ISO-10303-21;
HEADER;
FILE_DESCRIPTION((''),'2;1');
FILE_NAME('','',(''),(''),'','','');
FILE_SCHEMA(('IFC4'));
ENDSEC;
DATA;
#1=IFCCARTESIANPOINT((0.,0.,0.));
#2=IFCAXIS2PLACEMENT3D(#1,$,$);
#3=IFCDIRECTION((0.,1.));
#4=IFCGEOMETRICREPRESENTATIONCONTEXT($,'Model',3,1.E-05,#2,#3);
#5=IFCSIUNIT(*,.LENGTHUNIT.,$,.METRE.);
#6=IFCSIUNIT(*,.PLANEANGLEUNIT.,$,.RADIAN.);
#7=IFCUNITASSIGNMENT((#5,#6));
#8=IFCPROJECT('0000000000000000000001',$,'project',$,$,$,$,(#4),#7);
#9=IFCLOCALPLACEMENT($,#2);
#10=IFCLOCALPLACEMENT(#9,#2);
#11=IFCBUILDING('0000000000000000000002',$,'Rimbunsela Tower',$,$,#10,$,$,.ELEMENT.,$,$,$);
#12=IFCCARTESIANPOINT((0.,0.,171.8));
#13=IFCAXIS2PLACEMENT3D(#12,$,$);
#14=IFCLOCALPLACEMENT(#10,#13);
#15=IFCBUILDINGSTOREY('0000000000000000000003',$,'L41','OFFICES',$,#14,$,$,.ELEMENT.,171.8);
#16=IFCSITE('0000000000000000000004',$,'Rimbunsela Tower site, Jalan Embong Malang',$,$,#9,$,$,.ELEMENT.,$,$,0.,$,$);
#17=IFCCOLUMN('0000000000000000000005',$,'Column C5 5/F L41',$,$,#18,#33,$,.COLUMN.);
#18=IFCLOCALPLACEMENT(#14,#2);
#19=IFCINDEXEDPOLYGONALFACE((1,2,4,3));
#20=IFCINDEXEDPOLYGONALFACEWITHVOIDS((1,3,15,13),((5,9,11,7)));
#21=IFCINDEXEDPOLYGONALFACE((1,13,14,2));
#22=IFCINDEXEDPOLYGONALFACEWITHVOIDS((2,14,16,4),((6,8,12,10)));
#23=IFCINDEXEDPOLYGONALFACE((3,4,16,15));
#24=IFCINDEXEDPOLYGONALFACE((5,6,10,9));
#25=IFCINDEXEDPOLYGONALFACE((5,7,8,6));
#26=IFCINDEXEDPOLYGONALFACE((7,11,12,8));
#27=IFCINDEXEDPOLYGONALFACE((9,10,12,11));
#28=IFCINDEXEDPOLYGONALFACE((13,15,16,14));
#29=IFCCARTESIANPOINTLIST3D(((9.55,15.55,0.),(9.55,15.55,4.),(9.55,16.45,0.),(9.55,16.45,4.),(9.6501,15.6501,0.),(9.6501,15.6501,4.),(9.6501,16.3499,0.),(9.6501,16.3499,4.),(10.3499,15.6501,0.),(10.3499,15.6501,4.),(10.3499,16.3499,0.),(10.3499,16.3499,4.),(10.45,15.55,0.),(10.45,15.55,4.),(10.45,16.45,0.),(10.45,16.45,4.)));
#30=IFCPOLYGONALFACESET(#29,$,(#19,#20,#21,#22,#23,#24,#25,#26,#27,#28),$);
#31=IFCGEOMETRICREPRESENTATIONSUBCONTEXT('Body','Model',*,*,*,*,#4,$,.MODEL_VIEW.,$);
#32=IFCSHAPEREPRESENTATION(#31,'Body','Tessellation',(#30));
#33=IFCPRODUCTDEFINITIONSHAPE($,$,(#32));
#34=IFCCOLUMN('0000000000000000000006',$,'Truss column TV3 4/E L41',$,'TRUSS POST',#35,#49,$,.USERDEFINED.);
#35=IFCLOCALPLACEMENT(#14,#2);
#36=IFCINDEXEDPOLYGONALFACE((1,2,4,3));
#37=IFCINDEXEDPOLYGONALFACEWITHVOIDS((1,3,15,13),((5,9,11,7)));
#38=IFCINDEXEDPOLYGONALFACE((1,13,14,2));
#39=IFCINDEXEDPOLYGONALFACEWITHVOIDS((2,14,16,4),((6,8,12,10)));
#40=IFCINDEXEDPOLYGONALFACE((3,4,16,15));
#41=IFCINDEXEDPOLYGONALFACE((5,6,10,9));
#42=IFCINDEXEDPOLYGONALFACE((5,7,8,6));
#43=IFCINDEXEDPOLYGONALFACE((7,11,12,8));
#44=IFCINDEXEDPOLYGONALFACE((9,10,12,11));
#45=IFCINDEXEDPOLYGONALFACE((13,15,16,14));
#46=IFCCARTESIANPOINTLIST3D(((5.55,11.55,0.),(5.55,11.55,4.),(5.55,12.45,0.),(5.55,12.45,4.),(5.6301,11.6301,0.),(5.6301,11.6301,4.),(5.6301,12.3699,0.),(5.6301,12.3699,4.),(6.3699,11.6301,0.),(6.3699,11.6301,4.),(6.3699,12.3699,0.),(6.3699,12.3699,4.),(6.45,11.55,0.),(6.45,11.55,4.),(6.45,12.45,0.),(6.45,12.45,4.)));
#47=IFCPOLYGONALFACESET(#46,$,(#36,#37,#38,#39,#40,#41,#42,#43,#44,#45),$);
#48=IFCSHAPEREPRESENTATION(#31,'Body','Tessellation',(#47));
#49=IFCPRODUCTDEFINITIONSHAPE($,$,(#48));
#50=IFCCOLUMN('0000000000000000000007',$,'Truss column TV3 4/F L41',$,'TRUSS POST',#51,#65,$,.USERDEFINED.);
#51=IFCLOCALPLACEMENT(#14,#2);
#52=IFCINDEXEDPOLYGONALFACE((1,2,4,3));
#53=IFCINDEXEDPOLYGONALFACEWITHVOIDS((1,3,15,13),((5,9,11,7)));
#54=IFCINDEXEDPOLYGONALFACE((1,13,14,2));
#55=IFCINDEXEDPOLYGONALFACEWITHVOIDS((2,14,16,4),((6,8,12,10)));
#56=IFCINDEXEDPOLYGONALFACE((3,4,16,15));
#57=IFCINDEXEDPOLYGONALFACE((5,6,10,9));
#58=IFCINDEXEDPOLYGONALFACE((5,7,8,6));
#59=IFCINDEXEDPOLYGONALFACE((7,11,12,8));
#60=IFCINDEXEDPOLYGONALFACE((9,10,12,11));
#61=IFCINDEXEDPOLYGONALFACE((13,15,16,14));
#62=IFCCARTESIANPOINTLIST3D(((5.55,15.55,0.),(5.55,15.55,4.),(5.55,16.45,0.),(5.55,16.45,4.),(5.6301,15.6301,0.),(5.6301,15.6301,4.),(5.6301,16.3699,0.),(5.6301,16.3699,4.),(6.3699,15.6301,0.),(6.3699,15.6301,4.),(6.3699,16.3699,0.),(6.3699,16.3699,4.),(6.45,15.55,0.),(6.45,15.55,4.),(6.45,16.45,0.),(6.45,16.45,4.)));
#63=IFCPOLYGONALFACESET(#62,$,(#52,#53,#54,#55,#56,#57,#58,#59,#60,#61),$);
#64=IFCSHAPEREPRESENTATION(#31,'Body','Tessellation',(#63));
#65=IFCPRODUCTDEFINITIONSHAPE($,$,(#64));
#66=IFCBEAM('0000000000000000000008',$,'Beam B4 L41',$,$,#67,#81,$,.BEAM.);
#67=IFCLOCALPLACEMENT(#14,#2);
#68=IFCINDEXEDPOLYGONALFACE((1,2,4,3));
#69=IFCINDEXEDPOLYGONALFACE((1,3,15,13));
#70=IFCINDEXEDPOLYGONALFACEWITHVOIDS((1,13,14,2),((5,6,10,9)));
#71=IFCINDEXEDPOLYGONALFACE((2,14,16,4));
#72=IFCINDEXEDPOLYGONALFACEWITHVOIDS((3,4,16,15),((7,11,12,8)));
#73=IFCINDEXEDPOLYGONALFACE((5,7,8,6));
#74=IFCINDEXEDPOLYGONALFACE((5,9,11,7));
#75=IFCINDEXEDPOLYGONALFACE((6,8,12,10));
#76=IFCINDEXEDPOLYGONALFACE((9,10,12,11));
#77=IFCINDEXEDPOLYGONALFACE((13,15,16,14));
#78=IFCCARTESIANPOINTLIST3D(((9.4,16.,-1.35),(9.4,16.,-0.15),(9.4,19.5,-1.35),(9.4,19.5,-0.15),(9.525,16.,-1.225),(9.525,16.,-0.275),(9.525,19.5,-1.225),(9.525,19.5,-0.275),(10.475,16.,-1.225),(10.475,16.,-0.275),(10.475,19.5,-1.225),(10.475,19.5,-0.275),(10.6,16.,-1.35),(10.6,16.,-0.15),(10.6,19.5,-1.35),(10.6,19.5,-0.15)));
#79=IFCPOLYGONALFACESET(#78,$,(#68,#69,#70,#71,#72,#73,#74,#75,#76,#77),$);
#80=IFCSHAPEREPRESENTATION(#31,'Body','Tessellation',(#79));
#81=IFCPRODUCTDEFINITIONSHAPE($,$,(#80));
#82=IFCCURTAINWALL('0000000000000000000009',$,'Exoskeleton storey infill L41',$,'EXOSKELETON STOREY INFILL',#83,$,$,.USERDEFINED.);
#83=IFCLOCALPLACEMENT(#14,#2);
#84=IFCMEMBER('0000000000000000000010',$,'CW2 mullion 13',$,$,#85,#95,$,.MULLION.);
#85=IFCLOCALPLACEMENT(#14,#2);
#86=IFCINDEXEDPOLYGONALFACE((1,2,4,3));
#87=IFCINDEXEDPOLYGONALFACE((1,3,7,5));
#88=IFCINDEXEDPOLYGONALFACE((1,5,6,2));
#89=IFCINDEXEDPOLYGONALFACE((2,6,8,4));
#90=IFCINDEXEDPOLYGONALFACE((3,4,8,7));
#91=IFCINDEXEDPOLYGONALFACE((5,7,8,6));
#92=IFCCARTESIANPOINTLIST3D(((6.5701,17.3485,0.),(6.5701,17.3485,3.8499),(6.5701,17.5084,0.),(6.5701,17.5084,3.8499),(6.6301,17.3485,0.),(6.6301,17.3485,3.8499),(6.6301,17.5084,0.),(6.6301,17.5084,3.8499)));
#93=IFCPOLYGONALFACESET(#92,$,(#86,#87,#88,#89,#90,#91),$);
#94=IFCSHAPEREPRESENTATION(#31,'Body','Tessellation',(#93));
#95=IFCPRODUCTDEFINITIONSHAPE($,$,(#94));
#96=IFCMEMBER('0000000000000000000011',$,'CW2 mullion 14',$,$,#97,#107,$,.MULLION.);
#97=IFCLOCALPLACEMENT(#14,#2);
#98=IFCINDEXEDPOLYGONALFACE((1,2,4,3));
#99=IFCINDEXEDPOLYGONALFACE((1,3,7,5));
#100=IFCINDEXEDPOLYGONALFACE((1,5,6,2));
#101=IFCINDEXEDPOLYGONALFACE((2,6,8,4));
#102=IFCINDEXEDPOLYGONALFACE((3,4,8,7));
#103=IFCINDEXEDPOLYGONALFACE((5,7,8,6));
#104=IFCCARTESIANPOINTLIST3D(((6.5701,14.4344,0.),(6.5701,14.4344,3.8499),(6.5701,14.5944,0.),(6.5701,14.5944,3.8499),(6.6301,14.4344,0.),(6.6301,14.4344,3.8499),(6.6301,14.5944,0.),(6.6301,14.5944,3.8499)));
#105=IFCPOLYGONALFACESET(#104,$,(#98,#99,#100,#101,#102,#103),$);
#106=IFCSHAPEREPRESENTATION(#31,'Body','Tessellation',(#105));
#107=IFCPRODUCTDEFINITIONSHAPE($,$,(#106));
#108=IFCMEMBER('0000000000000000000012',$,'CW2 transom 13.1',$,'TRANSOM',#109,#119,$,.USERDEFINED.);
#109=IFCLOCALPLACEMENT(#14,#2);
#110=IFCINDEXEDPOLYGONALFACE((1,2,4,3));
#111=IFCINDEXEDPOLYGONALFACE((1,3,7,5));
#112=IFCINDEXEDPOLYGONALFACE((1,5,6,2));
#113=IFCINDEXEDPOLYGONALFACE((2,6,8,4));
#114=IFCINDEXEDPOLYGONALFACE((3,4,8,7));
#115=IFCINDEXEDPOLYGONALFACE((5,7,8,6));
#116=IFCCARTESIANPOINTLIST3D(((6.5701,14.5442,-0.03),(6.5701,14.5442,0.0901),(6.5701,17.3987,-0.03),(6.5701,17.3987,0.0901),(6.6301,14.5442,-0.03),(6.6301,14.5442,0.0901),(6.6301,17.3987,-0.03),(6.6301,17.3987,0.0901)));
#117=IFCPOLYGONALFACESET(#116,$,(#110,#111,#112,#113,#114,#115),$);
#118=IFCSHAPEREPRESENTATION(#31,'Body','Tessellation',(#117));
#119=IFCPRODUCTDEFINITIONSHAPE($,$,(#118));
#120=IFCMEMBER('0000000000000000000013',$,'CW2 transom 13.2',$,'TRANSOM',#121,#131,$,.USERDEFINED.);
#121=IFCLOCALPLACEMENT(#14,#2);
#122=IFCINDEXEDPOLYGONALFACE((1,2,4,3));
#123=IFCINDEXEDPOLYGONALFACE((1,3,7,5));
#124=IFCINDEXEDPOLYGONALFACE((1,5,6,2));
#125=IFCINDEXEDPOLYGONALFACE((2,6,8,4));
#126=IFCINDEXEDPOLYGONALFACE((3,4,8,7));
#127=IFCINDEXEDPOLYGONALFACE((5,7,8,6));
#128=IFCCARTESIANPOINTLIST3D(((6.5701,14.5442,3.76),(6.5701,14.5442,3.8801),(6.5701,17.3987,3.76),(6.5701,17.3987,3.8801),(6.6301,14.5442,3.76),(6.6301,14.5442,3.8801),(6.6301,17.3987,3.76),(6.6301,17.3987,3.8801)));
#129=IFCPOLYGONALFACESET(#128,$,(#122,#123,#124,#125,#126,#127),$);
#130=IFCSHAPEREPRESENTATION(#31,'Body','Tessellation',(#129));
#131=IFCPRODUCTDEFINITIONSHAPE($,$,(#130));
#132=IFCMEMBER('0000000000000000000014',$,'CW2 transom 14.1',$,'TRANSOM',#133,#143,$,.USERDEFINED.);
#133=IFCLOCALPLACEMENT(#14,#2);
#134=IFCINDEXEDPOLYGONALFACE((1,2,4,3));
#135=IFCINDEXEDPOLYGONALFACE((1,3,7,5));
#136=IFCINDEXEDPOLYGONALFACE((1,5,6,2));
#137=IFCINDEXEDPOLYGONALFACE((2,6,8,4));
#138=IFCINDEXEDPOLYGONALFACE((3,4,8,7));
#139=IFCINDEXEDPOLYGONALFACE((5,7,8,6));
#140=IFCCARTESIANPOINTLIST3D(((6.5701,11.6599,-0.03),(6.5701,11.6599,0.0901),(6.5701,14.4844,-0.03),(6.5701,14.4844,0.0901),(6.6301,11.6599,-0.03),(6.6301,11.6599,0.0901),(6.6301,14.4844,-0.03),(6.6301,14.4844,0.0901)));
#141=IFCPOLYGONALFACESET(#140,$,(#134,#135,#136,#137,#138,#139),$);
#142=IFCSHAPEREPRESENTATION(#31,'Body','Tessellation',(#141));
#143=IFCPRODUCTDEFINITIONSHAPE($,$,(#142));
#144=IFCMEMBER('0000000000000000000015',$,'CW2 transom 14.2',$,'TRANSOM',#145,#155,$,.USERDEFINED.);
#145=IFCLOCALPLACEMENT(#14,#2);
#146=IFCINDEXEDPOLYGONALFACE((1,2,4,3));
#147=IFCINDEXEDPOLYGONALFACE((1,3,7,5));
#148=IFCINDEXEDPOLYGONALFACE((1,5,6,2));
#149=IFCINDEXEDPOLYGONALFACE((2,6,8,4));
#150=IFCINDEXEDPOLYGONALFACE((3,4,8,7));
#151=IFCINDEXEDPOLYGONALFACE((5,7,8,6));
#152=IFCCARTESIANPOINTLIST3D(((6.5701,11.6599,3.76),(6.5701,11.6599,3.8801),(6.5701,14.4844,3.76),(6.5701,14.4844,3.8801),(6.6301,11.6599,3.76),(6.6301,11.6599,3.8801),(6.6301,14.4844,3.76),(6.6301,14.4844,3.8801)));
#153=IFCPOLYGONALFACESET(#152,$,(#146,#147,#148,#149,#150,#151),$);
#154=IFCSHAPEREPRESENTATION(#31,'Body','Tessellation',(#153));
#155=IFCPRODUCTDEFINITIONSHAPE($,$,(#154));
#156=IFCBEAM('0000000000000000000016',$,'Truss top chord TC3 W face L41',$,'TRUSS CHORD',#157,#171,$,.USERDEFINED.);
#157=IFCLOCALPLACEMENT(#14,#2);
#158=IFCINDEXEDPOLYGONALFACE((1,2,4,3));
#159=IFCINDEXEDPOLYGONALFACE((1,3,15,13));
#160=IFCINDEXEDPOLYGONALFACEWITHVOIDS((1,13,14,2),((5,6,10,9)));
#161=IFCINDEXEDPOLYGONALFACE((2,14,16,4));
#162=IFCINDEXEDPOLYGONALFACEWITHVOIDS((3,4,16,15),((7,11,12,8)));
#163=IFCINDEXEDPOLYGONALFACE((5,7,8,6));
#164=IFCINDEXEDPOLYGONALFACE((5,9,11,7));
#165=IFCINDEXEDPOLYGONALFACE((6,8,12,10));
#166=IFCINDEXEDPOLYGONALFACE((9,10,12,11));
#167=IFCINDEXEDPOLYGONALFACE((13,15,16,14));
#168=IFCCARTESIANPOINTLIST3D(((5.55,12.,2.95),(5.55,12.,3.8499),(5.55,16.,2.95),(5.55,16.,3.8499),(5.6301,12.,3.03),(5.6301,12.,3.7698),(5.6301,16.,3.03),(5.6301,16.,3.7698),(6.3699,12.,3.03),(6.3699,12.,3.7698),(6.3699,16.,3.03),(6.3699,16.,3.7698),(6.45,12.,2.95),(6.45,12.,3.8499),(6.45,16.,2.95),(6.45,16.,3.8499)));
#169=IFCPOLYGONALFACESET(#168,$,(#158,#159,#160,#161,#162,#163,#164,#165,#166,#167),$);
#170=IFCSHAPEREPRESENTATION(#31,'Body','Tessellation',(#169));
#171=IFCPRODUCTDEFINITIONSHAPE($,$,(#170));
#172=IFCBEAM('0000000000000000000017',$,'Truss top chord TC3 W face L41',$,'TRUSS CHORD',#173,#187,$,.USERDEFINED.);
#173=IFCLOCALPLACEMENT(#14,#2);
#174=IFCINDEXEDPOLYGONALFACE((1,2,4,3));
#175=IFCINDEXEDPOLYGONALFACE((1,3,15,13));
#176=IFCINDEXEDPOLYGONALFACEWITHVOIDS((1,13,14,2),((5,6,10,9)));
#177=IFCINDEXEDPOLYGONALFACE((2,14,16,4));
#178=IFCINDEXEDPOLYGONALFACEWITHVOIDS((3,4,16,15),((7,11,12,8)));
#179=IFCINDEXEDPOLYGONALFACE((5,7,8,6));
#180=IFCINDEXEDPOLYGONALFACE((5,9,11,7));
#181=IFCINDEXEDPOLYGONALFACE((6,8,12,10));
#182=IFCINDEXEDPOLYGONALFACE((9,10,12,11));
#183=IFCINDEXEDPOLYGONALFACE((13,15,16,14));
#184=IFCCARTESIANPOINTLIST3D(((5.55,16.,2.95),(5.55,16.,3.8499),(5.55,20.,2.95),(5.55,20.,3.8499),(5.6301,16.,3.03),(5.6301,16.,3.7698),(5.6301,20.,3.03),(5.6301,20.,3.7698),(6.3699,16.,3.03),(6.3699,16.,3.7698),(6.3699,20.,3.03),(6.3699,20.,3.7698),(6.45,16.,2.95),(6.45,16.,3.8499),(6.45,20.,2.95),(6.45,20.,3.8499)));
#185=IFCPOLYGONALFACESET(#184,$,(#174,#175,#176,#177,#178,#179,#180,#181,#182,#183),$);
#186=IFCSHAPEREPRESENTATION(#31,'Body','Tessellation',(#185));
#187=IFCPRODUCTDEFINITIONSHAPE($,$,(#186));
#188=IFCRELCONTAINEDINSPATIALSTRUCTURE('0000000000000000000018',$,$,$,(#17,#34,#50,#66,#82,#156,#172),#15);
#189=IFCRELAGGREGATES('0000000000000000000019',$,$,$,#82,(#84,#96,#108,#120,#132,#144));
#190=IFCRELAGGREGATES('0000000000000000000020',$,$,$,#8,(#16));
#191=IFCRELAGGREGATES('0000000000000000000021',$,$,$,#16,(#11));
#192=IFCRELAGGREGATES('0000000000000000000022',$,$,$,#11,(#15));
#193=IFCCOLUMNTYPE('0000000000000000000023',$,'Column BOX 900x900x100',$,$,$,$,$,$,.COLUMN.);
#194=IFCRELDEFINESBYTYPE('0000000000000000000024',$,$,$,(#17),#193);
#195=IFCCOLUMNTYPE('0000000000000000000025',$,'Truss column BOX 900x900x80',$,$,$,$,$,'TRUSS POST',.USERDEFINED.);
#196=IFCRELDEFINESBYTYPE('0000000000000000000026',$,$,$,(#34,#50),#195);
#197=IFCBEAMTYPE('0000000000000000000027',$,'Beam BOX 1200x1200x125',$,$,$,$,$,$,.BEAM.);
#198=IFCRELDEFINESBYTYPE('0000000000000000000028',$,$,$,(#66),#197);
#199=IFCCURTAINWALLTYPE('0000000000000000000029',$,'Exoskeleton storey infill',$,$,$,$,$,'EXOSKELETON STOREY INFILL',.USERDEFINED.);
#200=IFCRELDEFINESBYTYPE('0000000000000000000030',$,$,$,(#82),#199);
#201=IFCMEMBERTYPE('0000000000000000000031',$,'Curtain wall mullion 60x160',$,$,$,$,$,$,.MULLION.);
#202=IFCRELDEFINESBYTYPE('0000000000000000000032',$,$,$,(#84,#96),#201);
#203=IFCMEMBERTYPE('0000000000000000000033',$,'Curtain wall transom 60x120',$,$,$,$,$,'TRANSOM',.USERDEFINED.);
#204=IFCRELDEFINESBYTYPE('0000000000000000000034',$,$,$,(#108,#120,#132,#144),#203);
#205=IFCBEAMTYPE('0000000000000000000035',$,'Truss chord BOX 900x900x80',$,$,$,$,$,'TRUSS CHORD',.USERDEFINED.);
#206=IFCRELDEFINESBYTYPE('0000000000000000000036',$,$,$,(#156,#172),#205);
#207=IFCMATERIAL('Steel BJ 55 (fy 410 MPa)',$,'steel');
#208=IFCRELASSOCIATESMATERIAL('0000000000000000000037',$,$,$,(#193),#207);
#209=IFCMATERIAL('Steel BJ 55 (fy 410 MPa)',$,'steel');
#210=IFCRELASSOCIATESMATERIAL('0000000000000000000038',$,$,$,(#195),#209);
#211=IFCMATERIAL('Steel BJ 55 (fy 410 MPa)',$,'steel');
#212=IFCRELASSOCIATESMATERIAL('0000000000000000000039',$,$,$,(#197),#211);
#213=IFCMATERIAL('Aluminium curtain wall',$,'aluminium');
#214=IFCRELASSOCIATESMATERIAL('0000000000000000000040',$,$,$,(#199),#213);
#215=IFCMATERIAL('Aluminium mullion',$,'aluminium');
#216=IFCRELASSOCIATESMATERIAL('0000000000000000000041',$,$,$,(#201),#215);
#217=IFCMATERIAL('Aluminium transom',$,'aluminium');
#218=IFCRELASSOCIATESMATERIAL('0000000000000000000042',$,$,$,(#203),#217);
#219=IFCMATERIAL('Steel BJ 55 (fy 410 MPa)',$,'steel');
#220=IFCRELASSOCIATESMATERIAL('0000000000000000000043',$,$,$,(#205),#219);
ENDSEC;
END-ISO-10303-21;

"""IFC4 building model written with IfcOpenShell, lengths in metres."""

from ifc_helpers import new_model, si_unit, direction, frame, origin, origin_2d, place, context, subcontext, project, spatial, rectangle, hollow_rectangle, extrude, material, material_profile, profile_set, type_object, element, aggregate, save


model = new_model("IFC4")

# Units and contexts
model_context = context("Model", 3, precision=1e-05, world=origin(), true_north=direction((0.0, 1.0)))
body_context = subcontext(model_context, "Body", "Model", "MODEL_VIEW")
ifc_project = project(units=[si_unit("LENGTHUNIT", "METRE"), si_unit("PLANEANGLEUNIT", "RADIAN")], contexts=[model_context])

# Site, building, storey
site_placement = place(None, origin())
site = spatial("IfcSite", under=ifc_project, at=site_placement, Name="Rimbunsela Tower site, Jalan Embong Malang", CompositionType="ELEMENT", RefElevation=0.0)
building_placement = place(site_placement, origin())
building = spatial("IfcBuilding", under=site, at=building_placement, Name="Rimbunsela Tower", CompositionType="ELEMENT")
storey_placement = place(building_placement, frame((0.0, 0.0, 171.8)))
storey = spatial("IfcBuildingStorey", under=building, at=storey_placement, Name="L41", Description="OFFICES", CompositionType="ELEMENT", Elevation=171.8)

# Columns
ifc_material_1 = material(Name="Steel BJ 55 (fy 410 MPa)", Category="steel")
ifc_material_profile_1 = material_profile(ifc_material_1, hollow_rectangle(XDim=0.8999, YDim=0.8999, WallThickness=0.1001, at=origin_2d()), Name="BOX 900x900x100")
ifc_profile_set_1 = profile_set([ifc_material_profile_1], Name="Steel BJ 55 (fy 410 MPa)")
column_type_1 = type_object("IfcColumnType", Name="Column BOX 900x900x100", PredefinedType="COLUMN", material=ifc_profile_set_1)
column_placement = place(storey_placement, frame((10.0, 16.0, 0.0), z_axis=(0.0, 0.0, 1.0), x_axis=(1.0, 0.0, 0.0)))
element("IfcColumn", 1, at=column_placement, inside=storey, type_object=column_type_1, Name="Column C5 5/F L41", PredefinedType="COLUMN", context=body_context, shape_type="SweptSolid", body=[
    extrude(hollow_rectangle(XDim=0.8999, YDim=0.8999, WallThickness=0.1001, at=origin_2d()), origin(), (0.0, 0.0, 1.0), 4.0),
])
ifc_material_2 = material(Name="Steel BJ 55 (fy 410 MPa)", Category="steel")
ifc_material_profile_2 = material_profile(ifc_material_2, hollow_rectangle(XDim=0.8999, YDim=0.8999, WallThickness=0.0801, at=origin_2d()), Name="BOX 900x900x80")
ifc_profile_set_2 = profile_set([ifc_material_profile_2], Name="Steel BJ 55 (fy 410 MPa)")
column_type_2 = type_object("IfcColumnType", Name="Truss column BOX 900x900x80", ElementType="TRUSS POST", PredefinedType="USERDEFINED", material=ifc_profile_set_2)
for number, where, z_axis, x_axis, name in (
    (2, (6.0, 12.0, 0.0), (0.0, 0.0, 1.0), (1.0, 0.0, 0.0), "Truss column TV3 4/E L41"),
    (3, (6.0, 16.0, 0.0), (0.0, 0.0, 1.0), (1.0, 0.0, 0.0), "Truss column TV3 4/F L41"),
):
    element("IfcColumn", number, at=place(storey_placement, frame(where, z_axis=z_axis, x_axis=x_axis)), inside=storey, type_object=column_type_2, Name=name, ObjectType="TRUSS POST", PredefinedType="USERDEFINED", context=body_context, shape_type="SweptSolid", body=[
        extrude(hollow_rectangle(XDim=0.8999, YDim=0.8999, WallThickness=0.0801, at=origin_2d()), origin(), (0.0, 0.0, 1.0), 4.0),
    ])

# Beam
ifc_material_3 = material(Name="Steel BJ 55 (fy 410 MPa)", Category="steel")
ifc_material_profile_3 = material_profile(ifc_material_3, hollow_rectangle(XDim=1.2, YDim=1.2, WallThickness=0.125, at=origin_2d()), Name="BOX 1200x1200x125")
ifc_profile_set_3 = profile_set([ifc_material_profile_3], Name="Steel BJ 55 (fy 410 MPa)")
beam_type_1 = type_object("IfcBeamType", Name="Beam BOX 1200x1200x125", PredefinedType="BEAM", material=ifc_profile_set_3)
beam_placement = place(storey_placement, frame((10.0, 16.0, -0.75), z_axis=(0.0, 1.0, 0.0), x_axis=(-1.0, 0.0, 0.0)))
element("IfcBeam", 4, at=beam_placement, inside=storey, type_object=beam_type_1, Name="Beam B4 L41", PredefinedType="BEAM", context=body_context, shape_type="SweptSolid", body=[
    extrude(hollow_rectangle(XDim=1.2, YDim=1.2, WallThickness=0.125, at=origin_2d()), origin(), (0.0, 0.0, 1.0), 3.5),
])

# Curtain wall, members
ifc_material_4 = material(Name="Aluminium curtain wall", Category="aluminium")
curtain_wall_type = type_object("IfcCurtainWallType", Name="Exoskeleton storey infill", ElementType="EXOSKELETON STOREY INFILL", PredefinedType="USERDEFINED", material=ifc_material_4)
curtain_wall_placement = place(storey_placement, origin())
curtain_wall = element("IfcCurtainWall", 5, at=curtain_wall_placement, inside=storey, type_object=curtain_wall_type, Name="Exoskeleton storey infill L41", ObjectType="EXOSKELETON STOREY INFILL", PredefinedType="USERDEFINED")
ifc_material_5 = material(Name="Aluminium mullion", Category="aluminium")
ifc_material_profile_4 = material_profile(ifc_material_5, rectangle(XDim=0.0601, YDim=0.1599, at=origin_2d()), Name="Mullion 60x160")
ifc_profile_set_4 = profile_set([ifc_material_profile_4], Name="Aluminium mullion")
member_type_1 = type_object("IfcMemberType", Name="Curtain wall mullion 60x160", PredefinedType="MULLION", material=ifc_profile_set_4)
member_1_placement = place(storey_placement, frame((6.6001, 17.4285, 0.0), z_axis=(0.0, 0.0, 1.0), x_axis=(1.0, 0.0, 0.0)))
member_1 = element("IfcMember", 6, at=member_1_placement, type_object=member_type_1, Name="CW2 mullion 13", PredefinedType="MULLION", context=body_context, shape_type="SweptSolid", body=[
    extrude(rectangle(XDim=0.0601, YDim=0.1599, at=origin_2d()), origin(), (0.0, 0.0, 1.0), 3.8499),
])
member_2_placement = place(storey_placement, frame((6.6001, 14.5144, 0.0), z_axis=(0.0, 0.0, 1.0), x_axis=(1.0, 0.0, 0.0)))
member_2 = element("IfcMember", 7, at=member_2_placement, type_object=member_type_1, Name="CW2 mullion 14", PredefinedType="MULLION", context=body_context, shape_type="SweptSolid", body=[
    extrude(rectangle(XDim=0.0601, YDim=0.1599, at=origin_2d()), origin(), (0.0, 0.0, 1.0), 3.8499),
])
ifc_material_6 = material(Name="Aluminium transom", Category="aluminium")
ifc_material_profile_5 = material_profile(ifc_material_6, rectangle(XDim=0.0601, YDim=0.1201, at=origin_2d()), Name="Transom 60x120")
ifc_profile_set_5 = profile_set([ifc_material_profile_5], Name="Aluminium transom")
member_type_2 = type_object("IfcMemberType", Name="Curtain wall transom 60x120", ElementType="TRANSOM", PredefinedType="USERDEFINED", material=ifc_profile_set_5)
member_3_placement = place(storey_placement, frame((6.6001, 17.3987, 0.03), z_axis=(0.0, -1.0, 0.0), x_axis=(1.0, 0.0, 0.0)))
member_3 = element("IfcMember", 8, at=member_3_placement, type_object=member_type_2, Name="CW2 transom 13.1", ObjectType="TRANSOM", PredefinedType="USERDEFINED", context=body_context, shape_type="SweptSolid", body=[
    extrude(rectangle(XDim=0.0601, YDim=0.1201, at=origin_2d()), origin(), (0.0, 0.0, 1.0), 2.8545),
])
member_4_placement = place(storey_placement, frame((6.6001, 17.3987, 3.8201), z_axis=(0.0, -1.0, 0.0), x_axis=(1.0, 0.0, 0.0)))
member_4 = element("IfcMember", 9, at=member_4_placement, type_object=member_type_2, Name="CW2 transom 13.2", ObjectType="TRANSOM", PredefinedType="USERDEFINED", context=body_context, shape_type="SweptSolid", body=[
    extrude(rectangle(XDim=0.0601, YDim=0.1201, at=origin_2d()), origin(), (0.0, 0.0, 1.0), 2.8545),
])
member_5_placement = place(storey_placement, frame((6.6001, 14.4844, 0.03), z_axis=(0.0, -1.0, 0.0), x_axis=(1.0, 0.0, 0.0)))
member_5 = element("IfcMember", 10, at=member_5_placement, type_object=member_type_2, Name="CW2 transom 14.1", ObjectType="TRANSOM", PredefinedType="USERDEFINED", context=body_context, shape_type="SweptSolid", body=[
    extrude(rectangle(XDim=0.0601, YDim=0.1201, at=origin_2d()), origin(), (0.0, 0.0, 1.0), 2.8245),
])
member_6_placement = place(storey_placement, frame((6.6001, 14.4844, 3.8201), z_axis=(0.0, -1.0, 0.0), x_axis=(1.0, 0.0, 0.0)))
member_6 = element("IfcMember", 11, at=member_6_placement, type_object=member_type_2, Name="CW2 transom 14.2", ObjectType="TRANSOM", PredefinedType="USERDEFINED", context=body_context, shape_type="SweptSolid", body=[
    extrude(rectangle(XDim=0.0601, YDim=0.1201, at=origin_2d()), origin(), (0.0, 0.0, 1.0), 2.8245),
])

# Beams
ifc_material_7 = material(Name="Steel BJ 55 (fy 410 MPa)", Category="steel")
ifc_material_profile_6 = material_profile(ifc_material_7, hollow_rectangle(XDim=0.8999, YDim=0.8999, WallThickness=0.0801, at=origin_2d()), Name="BOX 900x900x80")
ifc_profile_set_6 = profile_set([ifc_material_profile_6], Name="Steel BJ 55 (fy 410 MPa)")
beam_type_2 = type_object("IfcBeamType", Name="Truss chord BOX 900x900x80", ElementType="TRUSS CHORD", PredefinedType="USERDEFINED", material=ifc_profile_set_6)
for number, where, z_axis, x_axis, name in (
    (12, (6.0, 12.0, 3.3999), (0.0, 1.0, 0.0), (-1.0, 0.0, 0.0), "Truss top chord TC3 W face L41"),
    (13, (6.0, 16.0, 3.3999), (0.0, 1.0, 0.0), (-1.0, 0.0, 0.0), "Truss top chord TC3 W face L41"),
):
    element("IfcBeam", number, at=place(storey_placement, frame(where, z_axis=z_axis, x_axis=x_axis)), inside=storey, type_object=beam_type_2, Name=name, ObjectType="TRUSS CHORD", PredefinedType="USERDEFINED", context=body_context, shape_type="SweptSolid", body=[
        extrude(hollow_rectangle(XDim=0.8999, YDim=0.8999, WallThickness=0.0801, at=origin_2d()), origin(), (0.0, 0.0, 1.0), 4.0),
    ])

aggregate(curtain_wall, [member_1, member_2, member_3, member_4, member_5, member_6])

save(model, "model.ifc")
